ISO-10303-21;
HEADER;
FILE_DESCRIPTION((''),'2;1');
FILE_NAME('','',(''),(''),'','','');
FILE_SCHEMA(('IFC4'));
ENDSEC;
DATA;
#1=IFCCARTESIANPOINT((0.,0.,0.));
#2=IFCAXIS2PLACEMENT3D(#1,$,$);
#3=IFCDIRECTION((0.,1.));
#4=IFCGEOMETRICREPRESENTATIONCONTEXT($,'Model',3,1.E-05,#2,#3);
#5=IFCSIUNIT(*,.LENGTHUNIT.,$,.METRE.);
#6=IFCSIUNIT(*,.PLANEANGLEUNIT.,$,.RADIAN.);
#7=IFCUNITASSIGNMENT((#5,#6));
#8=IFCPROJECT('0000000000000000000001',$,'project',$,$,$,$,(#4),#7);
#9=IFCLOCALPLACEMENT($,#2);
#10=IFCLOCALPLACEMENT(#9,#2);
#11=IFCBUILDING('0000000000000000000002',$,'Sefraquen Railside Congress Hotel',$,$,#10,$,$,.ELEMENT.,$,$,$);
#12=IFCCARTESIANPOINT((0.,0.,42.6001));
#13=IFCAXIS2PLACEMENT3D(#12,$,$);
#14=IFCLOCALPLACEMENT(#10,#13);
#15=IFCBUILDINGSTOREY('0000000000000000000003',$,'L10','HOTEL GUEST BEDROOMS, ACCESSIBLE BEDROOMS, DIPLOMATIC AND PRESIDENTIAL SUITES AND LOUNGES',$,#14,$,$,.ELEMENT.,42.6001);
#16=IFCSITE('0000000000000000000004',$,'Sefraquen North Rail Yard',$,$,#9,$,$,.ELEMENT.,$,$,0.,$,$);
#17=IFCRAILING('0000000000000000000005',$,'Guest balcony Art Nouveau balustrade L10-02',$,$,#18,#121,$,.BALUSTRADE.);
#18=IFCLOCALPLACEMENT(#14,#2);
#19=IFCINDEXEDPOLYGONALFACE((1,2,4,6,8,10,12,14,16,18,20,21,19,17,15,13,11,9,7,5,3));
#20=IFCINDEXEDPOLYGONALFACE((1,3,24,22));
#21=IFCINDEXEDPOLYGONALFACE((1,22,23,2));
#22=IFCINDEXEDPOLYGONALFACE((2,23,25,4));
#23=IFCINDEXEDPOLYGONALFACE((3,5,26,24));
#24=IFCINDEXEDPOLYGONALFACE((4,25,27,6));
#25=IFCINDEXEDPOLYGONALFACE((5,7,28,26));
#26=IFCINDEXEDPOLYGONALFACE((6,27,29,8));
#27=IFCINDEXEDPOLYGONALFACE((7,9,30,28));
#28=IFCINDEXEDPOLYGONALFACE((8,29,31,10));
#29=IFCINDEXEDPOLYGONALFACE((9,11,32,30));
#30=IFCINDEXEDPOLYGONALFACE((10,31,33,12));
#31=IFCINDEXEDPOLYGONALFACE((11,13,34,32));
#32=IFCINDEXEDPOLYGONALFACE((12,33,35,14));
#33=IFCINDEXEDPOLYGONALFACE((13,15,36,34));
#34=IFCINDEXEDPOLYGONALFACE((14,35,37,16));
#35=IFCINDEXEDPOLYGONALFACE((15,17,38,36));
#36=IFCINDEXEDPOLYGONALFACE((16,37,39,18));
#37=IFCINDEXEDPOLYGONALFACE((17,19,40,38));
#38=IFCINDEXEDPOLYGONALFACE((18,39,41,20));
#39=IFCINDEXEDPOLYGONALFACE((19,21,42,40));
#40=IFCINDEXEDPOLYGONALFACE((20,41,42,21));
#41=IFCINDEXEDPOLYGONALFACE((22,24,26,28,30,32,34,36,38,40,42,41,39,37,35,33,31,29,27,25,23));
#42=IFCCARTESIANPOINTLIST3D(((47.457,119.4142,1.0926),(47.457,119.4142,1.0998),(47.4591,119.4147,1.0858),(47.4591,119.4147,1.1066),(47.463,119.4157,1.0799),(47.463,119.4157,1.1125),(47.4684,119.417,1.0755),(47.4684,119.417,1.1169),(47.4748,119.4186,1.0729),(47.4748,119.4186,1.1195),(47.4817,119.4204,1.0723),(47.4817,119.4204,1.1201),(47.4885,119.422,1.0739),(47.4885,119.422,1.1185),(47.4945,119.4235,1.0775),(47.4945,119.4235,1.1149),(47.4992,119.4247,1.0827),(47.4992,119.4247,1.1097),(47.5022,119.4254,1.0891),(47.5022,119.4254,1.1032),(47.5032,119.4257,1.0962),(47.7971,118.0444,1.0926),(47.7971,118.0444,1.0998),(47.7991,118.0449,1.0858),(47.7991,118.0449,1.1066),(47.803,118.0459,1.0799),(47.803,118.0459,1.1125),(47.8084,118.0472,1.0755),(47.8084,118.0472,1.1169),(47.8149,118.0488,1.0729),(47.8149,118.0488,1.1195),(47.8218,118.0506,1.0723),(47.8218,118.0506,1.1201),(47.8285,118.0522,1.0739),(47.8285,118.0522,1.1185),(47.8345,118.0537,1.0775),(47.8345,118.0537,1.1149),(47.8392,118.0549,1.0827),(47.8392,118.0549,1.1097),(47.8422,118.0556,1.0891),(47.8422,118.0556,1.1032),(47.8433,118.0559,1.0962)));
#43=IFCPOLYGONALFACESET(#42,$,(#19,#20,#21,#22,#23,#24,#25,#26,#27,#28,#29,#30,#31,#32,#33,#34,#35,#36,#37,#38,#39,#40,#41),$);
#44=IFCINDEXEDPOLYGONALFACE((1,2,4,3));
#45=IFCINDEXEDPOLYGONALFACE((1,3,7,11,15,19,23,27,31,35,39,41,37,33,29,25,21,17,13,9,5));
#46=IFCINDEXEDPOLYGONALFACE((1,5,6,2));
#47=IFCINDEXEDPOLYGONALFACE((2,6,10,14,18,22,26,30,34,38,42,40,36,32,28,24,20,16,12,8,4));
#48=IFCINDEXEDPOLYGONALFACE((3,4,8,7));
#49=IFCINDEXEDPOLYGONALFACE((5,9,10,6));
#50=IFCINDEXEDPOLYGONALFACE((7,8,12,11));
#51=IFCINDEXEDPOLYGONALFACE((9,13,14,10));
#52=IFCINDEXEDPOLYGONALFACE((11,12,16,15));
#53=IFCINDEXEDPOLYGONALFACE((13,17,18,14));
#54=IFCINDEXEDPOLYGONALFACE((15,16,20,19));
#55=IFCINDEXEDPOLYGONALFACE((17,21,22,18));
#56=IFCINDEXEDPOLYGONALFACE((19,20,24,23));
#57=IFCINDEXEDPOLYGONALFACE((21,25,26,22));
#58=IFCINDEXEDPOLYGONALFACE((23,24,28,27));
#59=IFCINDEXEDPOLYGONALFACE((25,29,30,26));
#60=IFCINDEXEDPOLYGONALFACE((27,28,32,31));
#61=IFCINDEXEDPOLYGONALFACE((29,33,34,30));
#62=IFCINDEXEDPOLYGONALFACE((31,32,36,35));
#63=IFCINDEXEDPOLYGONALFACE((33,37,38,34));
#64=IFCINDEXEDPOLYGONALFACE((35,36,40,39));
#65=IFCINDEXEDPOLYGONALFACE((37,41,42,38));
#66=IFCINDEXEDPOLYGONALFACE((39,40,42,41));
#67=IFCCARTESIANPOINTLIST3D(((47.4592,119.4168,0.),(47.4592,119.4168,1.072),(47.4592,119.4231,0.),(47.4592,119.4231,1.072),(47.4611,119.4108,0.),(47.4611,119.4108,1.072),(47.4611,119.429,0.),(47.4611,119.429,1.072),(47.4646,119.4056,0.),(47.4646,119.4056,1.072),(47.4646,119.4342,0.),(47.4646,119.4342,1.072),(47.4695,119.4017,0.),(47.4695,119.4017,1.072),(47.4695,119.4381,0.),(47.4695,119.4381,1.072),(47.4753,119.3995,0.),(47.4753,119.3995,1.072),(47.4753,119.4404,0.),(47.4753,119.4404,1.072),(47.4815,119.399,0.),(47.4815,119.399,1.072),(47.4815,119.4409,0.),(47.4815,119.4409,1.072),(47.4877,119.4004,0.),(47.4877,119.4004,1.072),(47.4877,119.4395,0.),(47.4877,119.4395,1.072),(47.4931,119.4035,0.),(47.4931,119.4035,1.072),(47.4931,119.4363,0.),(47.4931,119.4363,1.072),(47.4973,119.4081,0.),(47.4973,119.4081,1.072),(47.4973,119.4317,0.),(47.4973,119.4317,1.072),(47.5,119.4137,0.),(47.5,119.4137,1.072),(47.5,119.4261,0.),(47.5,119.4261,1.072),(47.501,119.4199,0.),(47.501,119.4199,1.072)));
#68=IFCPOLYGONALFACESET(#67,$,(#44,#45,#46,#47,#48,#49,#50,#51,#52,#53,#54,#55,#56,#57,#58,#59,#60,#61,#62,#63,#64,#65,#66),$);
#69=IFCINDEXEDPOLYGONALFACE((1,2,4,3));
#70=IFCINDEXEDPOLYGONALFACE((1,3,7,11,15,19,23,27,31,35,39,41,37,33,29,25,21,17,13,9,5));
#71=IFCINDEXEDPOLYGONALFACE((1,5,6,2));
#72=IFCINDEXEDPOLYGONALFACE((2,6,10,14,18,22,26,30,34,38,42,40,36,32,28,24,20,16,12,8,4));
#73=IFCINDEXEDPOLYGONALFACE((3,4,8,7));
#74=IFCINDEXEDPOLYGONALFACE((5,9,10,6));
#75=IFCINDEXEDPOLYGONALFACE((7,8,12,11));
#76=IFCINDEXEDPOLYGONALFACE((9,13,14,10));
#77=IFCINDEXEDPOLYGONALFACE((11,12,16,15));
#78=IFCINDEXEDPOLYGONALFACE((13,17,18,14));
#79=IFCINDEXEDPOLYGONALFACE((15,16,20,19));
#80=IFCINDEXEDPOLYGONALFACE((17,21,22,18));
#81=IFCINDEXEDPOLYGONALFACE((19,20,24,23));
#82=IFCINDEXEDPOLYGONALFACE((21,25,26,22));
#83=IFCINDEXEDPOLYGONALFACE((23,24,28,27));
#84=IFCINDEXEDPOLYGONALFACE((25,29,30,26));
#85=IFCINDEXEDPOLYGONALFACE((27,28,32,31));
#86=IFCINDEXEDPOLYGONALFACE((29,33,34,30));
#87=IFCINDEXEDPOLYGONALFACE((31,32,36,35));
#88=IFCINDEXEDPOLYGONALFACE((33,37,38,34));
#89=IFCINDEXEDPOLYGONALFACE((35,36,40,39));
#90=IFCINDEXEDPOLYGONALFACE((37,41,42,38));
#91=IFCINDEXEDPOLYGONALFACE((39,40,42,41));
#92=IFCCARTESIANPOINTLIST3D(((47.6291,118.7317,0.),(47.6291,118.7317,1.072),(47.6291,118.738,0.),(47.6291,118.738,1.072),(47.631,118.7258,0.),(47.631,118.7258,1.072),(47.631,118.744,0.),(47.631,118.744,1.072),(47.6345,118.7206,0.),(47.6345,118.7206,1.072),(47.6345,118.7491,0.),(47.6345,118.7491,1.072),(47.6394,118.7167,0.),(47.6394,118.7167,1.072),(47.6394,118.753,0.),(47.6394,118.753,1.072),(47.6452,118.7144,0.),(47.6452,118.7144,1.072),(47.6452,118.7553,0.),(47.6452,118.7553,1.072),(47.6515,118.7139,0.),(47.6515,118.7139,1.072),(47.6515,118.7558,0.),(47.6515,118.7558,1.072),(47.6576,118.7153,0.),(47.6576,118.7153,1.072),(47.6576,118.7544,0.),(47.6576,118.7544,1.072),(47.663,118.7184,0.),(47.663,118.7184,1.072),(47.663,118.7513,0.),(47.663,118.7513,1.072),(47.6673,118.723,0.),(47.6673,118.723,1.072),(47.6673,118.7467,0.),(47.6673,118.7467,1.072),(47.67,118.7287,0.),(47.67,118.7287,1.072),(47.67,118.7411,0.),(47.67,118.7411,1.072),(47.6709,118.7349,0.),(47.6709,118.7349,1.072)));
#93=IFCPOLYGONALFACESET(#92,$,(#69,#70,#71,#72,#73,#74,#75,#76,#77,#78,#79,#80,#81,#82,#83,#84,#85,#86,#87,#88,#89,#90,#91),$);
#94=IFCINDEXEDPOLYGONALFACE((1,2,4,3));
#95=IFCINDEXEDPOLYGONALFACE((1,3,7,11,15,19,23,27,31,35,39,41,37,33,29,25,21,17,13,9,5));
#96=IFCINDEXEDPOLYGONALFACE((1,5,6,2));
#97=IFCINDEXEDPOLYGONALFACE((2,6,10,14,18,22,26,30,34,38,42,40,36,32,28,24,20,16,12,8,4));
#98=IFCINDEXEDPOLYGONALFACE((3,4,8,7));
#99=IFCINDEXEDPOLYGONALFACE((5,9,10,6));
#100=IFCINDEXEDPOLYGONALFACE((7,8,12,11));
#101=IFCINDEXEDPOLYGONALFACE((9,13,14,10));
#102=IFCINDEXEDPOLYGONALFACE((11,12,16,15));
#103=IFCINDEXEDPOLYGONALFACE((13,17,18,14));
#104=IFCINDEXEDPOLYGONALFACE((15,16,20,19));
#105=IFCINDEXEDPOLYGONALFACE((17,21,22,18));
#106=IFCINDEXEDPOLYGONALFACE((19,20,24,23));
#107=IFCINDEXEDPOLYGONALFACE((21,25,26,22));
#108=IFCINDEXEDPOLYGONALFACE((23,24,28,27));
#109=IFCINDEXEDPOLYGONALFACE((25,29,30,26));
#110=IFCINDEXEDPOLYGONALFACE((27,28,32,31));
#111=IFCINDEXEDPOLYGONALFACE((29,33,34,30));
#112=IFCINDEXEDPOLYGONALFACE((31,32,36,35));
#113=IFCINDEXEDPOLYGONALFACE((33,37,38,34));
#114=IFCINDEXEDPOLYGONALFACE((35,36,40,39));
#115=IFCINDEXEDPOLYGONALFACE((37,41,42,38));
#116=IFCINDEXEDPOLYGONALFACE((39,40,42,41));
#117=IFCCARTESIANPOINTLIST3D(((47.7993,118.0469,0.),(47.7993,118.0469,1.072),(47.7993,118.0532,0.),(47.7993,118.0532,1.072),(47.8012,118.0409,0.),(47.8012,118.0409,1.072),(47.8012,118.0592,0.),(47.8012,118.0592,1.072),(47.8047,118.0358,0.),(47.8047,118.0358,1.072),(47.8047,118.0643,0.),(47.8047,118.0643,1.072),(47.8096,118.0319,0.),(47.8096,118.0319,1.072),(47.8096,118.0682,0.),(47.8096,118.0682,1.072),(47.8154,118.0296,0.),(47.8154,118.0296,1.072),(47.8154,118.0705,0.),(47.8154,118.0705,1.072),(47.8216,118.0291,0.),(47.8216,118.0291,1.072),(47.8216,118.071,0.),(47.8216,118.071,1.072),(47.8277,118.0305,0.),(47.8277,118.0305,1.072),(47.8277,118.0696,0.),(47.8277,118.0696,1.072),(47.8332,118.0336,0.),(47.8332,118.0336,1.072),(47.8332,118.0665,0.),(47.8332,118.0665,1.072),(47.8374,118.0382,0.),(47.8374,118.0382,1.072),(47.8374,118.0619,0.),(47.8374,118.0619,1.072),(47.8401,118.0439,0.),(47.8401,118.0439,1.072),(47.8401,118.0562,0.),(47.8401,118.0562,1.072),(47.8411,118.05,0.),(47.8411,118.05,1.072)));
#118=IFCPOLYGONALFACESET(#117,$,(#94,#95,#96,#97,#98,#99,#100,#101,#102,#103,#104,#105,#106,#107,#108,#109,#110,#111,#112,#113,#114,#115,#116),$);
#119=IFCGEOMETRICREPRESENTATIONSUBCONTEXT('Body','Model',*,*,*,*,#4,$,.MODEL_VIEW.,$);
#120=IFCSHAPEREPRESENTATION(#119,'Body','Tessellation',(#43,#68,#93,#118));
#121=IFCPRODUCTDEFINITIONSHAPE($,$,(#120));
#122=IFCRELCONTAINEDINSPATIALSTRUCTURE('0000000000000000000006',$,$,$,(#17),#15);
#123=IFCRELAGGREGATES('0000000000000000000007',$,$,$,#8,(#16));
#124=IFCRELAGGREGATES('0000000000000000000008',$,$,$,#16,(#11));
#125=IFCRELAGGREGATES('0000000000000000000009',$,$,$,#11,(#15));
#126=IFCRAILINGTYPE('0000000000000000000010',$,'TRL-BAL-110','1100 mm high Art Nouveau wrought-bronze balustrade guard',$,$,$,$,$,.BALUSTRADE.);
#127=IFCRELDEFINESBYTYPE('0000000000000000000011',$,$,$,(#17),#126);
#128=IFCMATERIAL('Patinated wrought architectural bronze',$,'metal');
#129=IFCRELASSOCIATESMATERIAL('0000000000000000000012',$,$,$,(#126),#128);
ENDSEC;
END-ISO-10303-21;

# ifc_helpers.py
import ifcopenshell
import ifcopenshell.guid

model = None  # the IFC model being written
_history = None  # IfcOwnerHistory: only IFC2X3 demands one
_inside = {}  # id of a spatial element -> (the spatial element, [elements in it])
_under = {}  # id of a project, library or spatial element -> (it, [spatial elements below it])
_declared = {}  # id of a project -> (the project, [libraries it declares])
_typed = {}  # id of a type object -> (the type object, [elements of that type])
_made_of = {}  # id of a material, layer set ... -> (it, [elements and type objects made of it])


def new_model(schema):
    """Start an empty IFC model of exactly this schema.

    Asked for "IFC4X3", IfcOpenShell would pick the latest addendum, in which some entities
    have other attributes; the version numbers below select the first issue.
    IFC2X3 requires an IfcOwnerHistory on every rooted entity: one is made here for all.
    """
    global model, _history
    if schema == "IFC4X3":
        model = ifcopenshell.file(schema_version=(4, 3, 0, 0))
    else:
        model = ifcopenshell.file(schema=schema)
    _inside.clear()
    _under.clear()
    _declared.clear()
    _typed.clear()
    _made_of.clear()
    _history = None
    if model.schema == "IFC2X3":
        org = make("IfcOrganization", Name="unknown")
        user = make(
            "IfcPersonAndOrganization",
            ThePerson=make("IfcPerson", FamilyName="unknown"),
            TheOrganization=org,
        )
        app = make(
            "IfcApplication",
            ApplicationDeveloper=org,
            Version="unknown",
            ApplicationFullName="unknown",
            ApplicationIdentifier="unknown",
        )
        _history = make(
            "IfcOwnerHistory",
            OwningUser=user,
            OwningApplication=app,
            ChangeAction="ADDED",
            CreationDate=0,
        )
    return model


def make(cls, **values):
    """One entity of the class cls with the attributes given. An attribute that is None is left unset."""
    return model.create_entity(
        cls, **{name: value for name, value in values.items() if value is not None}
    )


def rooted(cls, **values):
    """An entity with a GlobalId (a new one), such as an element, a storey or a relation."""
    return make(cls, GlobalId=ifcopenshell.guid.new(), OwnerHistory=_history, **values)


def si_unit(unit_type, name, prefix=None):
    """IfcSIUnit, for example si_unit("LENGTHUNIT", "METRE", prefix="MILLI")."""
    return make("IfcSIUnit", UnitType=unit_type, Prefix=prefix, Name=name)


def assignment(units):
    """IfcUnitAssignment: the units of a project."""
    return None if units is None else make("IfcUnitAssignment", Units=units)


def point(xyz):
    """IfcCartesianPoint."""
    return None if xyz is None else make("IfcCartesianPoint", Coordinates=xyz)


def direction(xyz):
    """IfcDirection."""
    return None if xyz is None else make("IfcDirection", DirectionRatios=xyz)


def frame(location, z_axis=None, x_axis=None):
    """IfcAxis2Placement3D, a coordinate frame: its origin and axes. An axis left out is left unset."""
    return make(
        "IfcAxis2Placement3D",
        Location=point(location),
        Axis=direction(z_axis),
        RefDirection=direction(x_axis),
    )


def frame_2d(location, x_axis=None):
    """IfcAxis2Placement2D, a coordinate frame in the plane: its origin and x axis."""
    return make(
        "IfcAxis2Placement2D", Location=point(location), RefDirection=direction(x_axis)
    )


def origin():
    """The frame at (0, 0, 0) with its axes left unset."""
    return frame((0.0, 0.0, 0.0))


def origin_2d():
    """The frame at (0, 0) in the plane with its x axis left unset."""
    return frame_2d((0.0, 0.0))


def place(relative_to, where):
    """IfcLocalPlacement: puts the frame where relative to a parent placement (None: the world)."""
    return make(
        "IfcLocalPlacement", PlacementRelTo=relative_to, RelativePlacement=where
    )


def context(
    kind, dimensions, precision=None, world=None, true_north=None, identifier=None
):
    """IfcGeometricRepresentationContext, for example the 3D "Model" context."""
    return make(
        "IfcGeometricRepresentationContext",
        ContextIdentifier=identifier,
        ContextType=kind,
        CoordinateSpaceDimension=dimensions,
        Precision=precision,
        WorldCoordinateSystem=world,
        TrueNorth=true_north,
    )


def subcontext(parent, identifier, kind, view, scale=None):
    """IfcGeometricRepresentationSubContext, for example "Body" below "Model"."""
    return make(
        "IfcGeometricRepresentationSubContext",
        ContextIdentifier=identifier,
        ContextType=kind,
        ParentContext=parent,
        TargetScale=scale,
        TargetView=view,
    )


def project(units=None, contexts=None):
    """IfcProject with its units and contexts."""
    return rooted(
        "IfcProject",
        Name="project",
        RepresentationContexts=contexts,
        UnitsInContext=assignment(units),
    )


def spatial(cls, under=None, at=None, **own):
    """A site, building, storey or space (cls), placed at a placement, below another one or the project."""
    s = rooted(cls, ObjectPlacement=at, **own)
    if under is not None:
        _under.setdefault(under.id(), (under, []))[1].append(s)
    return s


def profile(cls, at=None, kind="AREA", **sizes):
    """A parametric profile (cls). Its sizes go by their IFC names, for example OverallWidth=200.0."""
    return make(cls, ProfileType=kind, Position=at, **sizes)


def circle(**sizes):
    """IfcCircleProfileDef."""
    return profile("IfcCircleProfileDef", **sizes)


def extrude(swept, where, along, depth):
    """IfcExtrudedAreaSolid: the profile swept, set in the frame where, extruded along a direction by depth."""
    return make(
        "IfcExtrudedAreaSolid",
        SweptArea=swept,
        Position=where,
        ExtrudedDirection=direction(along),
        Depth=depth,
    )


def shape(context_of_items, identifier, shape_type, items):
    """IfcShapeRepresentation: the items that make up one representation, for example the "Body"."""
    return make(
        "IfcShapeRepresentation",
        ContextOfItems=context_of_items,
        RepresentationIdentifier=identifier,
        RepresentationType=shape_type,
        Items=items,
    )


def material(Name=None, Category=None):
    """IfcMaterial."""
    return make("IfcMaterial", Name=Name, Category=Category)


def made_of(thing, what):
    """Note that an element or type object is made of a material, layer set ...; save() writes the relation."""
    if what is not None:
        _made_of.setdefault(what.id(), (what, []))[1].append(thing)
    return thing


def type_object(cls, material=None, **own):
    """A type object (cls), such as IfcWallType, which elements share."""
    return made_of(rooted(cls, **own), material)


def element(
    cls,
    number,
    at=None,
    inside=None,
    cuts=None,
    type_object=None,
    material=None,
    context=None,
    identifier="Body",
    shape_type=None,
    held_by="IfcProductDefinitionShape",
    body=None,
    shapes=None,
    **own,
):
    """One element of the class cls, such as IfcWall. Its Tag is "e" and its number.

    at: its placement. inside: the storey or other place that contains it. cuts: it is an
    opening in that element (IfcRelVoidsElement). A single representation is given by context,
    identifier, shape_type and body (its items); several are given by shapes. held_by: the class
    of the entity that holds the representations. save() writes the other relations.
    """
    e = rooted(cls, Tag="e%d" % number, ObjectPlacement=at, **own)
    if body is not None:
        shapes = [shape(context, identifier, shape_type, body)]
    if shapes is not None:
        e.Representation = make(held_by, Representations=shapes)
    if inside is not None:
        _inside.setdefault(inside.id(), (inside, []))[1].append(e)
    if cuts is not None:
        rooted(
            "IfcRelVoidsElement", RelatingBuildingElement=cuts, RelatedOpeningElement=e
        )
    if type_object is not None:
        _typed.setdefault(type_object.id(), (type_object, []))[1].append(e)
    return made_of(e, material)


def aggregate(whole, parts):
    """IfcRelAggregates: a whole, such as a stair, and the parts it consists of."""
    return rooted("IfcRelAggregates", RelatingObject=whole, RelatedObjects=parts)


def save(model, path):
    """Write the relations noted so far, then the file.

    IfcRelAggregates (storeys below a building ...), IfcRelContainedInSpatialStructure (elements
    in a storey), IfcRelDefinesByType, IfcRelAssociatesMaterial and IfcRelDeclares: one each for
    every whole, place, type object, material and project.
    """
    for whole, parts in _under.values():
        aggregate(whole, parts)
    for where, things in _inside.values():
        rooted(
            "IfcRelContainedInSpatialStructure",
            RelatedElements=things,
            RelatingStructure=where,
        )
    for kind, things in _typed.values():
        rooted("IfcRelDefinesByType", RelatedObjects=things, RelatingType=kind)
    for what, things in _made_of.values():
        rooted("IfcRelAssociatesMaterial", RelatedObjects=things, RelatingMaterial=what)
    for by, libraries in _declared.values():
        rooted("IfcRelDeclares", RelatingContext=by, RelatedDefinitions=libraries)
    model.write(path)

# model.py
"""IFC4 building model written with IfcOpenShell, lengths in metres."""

from ifc_helpers import new_model, si_unit, direction, frame, origin, origin_2d, place, context, subcontext, project, spatial, circle, extrude, material, type_object, element, save


model = new_model("IFC4")

# Units and contexts
model_context = context("Model", 3, precision=1e-05, world=origin(), true_north=direction((0.0, 1.0)))
body_context = subcontext(model_context, "Body", "Model", "MODEL_VIEW")
ifc_project = project(units=[si_unit("LENGTHUNIT", "METRE"), si_unit("PLANEANGLEUNIT", "RADIAN")], contexts=[model_context])

# Site, building, storey
site_placement = place(None, origin())
site = spatial("IfcSite", under=ifc_project, at=site_placement, Name="Sefraquen North Rail Yard", CompositionType="ELEMENT", RefElevation=0.0)
building_placement = place(site_placement, origin())
building = spatial("IfcBuilding", under=site, at=building_placement, Name="Sefraquen Railside Congress Hotel", CompositionType="ELEMENT")
storey_placement = place(building_placement, frame((0.0, 0.0, 42.6001)))
storey = spatial("IfcBuildingStorey", under=building, at=storey_placement, Name="L10", Description="HOTEL GUEST BEDROOMS, ACCESSIBLE BEDROOMS, DIPLOMATIC AND PRESIDENTIAL SUITES AND LOUNGES", CompositionType="ELEMENT", Elevation=42.6001)

# Railing
ifc_material_1 = material(Name="Patinated wrought architectural bronze", Category="metal")
railing_type = type_object("IfcRailingType", Name="TRL-BAL-110", Description="1100 mm high Art Nouveau wrought-bronze balustrade guard", PredefinedType="BALUSTRADE", material=ifc_material_1)
railing_1_placement = place(storey_placement, frame((47.48, 119.4199, 0.0)))
element("IfcRailing", 1, at=railing_1_placement, inside=storey, type_object=railing_type, Name="Guest balcony Art Nouveau balustrade L10-02", PredefinedType="BALUSTRADE", context=body_context, shape_type="SweptSolid", body=[
    extrude(circle(Radius=0.0239, at=origin_2d()), frame((0.0, 0.0, 1.0962), z_axis=(0.240948, -0.970538, 0.0), x_axis=(0.970538, 0.240948, 0.0)), (0.0, 0.0, 1.0), 1.4114),
    extrude(circle(Radius=0.021, at=origin_2d()), origin(), (0.0, 0.0, 1.0), 1.072),
    extrude(circle(Radius=0.021, at=origin_2d()), frame((0.1699, -0.6851, 0.0)), (0.0, 0.0, 1.0), 1.072),
    extrude(circle(Radius=0.021, at=origin_2d()), frame((0.3401, -1.3699, 0.0)), (0.0, 0.0, 1.0), 1.072),
])

save(model, "model.ifc")
